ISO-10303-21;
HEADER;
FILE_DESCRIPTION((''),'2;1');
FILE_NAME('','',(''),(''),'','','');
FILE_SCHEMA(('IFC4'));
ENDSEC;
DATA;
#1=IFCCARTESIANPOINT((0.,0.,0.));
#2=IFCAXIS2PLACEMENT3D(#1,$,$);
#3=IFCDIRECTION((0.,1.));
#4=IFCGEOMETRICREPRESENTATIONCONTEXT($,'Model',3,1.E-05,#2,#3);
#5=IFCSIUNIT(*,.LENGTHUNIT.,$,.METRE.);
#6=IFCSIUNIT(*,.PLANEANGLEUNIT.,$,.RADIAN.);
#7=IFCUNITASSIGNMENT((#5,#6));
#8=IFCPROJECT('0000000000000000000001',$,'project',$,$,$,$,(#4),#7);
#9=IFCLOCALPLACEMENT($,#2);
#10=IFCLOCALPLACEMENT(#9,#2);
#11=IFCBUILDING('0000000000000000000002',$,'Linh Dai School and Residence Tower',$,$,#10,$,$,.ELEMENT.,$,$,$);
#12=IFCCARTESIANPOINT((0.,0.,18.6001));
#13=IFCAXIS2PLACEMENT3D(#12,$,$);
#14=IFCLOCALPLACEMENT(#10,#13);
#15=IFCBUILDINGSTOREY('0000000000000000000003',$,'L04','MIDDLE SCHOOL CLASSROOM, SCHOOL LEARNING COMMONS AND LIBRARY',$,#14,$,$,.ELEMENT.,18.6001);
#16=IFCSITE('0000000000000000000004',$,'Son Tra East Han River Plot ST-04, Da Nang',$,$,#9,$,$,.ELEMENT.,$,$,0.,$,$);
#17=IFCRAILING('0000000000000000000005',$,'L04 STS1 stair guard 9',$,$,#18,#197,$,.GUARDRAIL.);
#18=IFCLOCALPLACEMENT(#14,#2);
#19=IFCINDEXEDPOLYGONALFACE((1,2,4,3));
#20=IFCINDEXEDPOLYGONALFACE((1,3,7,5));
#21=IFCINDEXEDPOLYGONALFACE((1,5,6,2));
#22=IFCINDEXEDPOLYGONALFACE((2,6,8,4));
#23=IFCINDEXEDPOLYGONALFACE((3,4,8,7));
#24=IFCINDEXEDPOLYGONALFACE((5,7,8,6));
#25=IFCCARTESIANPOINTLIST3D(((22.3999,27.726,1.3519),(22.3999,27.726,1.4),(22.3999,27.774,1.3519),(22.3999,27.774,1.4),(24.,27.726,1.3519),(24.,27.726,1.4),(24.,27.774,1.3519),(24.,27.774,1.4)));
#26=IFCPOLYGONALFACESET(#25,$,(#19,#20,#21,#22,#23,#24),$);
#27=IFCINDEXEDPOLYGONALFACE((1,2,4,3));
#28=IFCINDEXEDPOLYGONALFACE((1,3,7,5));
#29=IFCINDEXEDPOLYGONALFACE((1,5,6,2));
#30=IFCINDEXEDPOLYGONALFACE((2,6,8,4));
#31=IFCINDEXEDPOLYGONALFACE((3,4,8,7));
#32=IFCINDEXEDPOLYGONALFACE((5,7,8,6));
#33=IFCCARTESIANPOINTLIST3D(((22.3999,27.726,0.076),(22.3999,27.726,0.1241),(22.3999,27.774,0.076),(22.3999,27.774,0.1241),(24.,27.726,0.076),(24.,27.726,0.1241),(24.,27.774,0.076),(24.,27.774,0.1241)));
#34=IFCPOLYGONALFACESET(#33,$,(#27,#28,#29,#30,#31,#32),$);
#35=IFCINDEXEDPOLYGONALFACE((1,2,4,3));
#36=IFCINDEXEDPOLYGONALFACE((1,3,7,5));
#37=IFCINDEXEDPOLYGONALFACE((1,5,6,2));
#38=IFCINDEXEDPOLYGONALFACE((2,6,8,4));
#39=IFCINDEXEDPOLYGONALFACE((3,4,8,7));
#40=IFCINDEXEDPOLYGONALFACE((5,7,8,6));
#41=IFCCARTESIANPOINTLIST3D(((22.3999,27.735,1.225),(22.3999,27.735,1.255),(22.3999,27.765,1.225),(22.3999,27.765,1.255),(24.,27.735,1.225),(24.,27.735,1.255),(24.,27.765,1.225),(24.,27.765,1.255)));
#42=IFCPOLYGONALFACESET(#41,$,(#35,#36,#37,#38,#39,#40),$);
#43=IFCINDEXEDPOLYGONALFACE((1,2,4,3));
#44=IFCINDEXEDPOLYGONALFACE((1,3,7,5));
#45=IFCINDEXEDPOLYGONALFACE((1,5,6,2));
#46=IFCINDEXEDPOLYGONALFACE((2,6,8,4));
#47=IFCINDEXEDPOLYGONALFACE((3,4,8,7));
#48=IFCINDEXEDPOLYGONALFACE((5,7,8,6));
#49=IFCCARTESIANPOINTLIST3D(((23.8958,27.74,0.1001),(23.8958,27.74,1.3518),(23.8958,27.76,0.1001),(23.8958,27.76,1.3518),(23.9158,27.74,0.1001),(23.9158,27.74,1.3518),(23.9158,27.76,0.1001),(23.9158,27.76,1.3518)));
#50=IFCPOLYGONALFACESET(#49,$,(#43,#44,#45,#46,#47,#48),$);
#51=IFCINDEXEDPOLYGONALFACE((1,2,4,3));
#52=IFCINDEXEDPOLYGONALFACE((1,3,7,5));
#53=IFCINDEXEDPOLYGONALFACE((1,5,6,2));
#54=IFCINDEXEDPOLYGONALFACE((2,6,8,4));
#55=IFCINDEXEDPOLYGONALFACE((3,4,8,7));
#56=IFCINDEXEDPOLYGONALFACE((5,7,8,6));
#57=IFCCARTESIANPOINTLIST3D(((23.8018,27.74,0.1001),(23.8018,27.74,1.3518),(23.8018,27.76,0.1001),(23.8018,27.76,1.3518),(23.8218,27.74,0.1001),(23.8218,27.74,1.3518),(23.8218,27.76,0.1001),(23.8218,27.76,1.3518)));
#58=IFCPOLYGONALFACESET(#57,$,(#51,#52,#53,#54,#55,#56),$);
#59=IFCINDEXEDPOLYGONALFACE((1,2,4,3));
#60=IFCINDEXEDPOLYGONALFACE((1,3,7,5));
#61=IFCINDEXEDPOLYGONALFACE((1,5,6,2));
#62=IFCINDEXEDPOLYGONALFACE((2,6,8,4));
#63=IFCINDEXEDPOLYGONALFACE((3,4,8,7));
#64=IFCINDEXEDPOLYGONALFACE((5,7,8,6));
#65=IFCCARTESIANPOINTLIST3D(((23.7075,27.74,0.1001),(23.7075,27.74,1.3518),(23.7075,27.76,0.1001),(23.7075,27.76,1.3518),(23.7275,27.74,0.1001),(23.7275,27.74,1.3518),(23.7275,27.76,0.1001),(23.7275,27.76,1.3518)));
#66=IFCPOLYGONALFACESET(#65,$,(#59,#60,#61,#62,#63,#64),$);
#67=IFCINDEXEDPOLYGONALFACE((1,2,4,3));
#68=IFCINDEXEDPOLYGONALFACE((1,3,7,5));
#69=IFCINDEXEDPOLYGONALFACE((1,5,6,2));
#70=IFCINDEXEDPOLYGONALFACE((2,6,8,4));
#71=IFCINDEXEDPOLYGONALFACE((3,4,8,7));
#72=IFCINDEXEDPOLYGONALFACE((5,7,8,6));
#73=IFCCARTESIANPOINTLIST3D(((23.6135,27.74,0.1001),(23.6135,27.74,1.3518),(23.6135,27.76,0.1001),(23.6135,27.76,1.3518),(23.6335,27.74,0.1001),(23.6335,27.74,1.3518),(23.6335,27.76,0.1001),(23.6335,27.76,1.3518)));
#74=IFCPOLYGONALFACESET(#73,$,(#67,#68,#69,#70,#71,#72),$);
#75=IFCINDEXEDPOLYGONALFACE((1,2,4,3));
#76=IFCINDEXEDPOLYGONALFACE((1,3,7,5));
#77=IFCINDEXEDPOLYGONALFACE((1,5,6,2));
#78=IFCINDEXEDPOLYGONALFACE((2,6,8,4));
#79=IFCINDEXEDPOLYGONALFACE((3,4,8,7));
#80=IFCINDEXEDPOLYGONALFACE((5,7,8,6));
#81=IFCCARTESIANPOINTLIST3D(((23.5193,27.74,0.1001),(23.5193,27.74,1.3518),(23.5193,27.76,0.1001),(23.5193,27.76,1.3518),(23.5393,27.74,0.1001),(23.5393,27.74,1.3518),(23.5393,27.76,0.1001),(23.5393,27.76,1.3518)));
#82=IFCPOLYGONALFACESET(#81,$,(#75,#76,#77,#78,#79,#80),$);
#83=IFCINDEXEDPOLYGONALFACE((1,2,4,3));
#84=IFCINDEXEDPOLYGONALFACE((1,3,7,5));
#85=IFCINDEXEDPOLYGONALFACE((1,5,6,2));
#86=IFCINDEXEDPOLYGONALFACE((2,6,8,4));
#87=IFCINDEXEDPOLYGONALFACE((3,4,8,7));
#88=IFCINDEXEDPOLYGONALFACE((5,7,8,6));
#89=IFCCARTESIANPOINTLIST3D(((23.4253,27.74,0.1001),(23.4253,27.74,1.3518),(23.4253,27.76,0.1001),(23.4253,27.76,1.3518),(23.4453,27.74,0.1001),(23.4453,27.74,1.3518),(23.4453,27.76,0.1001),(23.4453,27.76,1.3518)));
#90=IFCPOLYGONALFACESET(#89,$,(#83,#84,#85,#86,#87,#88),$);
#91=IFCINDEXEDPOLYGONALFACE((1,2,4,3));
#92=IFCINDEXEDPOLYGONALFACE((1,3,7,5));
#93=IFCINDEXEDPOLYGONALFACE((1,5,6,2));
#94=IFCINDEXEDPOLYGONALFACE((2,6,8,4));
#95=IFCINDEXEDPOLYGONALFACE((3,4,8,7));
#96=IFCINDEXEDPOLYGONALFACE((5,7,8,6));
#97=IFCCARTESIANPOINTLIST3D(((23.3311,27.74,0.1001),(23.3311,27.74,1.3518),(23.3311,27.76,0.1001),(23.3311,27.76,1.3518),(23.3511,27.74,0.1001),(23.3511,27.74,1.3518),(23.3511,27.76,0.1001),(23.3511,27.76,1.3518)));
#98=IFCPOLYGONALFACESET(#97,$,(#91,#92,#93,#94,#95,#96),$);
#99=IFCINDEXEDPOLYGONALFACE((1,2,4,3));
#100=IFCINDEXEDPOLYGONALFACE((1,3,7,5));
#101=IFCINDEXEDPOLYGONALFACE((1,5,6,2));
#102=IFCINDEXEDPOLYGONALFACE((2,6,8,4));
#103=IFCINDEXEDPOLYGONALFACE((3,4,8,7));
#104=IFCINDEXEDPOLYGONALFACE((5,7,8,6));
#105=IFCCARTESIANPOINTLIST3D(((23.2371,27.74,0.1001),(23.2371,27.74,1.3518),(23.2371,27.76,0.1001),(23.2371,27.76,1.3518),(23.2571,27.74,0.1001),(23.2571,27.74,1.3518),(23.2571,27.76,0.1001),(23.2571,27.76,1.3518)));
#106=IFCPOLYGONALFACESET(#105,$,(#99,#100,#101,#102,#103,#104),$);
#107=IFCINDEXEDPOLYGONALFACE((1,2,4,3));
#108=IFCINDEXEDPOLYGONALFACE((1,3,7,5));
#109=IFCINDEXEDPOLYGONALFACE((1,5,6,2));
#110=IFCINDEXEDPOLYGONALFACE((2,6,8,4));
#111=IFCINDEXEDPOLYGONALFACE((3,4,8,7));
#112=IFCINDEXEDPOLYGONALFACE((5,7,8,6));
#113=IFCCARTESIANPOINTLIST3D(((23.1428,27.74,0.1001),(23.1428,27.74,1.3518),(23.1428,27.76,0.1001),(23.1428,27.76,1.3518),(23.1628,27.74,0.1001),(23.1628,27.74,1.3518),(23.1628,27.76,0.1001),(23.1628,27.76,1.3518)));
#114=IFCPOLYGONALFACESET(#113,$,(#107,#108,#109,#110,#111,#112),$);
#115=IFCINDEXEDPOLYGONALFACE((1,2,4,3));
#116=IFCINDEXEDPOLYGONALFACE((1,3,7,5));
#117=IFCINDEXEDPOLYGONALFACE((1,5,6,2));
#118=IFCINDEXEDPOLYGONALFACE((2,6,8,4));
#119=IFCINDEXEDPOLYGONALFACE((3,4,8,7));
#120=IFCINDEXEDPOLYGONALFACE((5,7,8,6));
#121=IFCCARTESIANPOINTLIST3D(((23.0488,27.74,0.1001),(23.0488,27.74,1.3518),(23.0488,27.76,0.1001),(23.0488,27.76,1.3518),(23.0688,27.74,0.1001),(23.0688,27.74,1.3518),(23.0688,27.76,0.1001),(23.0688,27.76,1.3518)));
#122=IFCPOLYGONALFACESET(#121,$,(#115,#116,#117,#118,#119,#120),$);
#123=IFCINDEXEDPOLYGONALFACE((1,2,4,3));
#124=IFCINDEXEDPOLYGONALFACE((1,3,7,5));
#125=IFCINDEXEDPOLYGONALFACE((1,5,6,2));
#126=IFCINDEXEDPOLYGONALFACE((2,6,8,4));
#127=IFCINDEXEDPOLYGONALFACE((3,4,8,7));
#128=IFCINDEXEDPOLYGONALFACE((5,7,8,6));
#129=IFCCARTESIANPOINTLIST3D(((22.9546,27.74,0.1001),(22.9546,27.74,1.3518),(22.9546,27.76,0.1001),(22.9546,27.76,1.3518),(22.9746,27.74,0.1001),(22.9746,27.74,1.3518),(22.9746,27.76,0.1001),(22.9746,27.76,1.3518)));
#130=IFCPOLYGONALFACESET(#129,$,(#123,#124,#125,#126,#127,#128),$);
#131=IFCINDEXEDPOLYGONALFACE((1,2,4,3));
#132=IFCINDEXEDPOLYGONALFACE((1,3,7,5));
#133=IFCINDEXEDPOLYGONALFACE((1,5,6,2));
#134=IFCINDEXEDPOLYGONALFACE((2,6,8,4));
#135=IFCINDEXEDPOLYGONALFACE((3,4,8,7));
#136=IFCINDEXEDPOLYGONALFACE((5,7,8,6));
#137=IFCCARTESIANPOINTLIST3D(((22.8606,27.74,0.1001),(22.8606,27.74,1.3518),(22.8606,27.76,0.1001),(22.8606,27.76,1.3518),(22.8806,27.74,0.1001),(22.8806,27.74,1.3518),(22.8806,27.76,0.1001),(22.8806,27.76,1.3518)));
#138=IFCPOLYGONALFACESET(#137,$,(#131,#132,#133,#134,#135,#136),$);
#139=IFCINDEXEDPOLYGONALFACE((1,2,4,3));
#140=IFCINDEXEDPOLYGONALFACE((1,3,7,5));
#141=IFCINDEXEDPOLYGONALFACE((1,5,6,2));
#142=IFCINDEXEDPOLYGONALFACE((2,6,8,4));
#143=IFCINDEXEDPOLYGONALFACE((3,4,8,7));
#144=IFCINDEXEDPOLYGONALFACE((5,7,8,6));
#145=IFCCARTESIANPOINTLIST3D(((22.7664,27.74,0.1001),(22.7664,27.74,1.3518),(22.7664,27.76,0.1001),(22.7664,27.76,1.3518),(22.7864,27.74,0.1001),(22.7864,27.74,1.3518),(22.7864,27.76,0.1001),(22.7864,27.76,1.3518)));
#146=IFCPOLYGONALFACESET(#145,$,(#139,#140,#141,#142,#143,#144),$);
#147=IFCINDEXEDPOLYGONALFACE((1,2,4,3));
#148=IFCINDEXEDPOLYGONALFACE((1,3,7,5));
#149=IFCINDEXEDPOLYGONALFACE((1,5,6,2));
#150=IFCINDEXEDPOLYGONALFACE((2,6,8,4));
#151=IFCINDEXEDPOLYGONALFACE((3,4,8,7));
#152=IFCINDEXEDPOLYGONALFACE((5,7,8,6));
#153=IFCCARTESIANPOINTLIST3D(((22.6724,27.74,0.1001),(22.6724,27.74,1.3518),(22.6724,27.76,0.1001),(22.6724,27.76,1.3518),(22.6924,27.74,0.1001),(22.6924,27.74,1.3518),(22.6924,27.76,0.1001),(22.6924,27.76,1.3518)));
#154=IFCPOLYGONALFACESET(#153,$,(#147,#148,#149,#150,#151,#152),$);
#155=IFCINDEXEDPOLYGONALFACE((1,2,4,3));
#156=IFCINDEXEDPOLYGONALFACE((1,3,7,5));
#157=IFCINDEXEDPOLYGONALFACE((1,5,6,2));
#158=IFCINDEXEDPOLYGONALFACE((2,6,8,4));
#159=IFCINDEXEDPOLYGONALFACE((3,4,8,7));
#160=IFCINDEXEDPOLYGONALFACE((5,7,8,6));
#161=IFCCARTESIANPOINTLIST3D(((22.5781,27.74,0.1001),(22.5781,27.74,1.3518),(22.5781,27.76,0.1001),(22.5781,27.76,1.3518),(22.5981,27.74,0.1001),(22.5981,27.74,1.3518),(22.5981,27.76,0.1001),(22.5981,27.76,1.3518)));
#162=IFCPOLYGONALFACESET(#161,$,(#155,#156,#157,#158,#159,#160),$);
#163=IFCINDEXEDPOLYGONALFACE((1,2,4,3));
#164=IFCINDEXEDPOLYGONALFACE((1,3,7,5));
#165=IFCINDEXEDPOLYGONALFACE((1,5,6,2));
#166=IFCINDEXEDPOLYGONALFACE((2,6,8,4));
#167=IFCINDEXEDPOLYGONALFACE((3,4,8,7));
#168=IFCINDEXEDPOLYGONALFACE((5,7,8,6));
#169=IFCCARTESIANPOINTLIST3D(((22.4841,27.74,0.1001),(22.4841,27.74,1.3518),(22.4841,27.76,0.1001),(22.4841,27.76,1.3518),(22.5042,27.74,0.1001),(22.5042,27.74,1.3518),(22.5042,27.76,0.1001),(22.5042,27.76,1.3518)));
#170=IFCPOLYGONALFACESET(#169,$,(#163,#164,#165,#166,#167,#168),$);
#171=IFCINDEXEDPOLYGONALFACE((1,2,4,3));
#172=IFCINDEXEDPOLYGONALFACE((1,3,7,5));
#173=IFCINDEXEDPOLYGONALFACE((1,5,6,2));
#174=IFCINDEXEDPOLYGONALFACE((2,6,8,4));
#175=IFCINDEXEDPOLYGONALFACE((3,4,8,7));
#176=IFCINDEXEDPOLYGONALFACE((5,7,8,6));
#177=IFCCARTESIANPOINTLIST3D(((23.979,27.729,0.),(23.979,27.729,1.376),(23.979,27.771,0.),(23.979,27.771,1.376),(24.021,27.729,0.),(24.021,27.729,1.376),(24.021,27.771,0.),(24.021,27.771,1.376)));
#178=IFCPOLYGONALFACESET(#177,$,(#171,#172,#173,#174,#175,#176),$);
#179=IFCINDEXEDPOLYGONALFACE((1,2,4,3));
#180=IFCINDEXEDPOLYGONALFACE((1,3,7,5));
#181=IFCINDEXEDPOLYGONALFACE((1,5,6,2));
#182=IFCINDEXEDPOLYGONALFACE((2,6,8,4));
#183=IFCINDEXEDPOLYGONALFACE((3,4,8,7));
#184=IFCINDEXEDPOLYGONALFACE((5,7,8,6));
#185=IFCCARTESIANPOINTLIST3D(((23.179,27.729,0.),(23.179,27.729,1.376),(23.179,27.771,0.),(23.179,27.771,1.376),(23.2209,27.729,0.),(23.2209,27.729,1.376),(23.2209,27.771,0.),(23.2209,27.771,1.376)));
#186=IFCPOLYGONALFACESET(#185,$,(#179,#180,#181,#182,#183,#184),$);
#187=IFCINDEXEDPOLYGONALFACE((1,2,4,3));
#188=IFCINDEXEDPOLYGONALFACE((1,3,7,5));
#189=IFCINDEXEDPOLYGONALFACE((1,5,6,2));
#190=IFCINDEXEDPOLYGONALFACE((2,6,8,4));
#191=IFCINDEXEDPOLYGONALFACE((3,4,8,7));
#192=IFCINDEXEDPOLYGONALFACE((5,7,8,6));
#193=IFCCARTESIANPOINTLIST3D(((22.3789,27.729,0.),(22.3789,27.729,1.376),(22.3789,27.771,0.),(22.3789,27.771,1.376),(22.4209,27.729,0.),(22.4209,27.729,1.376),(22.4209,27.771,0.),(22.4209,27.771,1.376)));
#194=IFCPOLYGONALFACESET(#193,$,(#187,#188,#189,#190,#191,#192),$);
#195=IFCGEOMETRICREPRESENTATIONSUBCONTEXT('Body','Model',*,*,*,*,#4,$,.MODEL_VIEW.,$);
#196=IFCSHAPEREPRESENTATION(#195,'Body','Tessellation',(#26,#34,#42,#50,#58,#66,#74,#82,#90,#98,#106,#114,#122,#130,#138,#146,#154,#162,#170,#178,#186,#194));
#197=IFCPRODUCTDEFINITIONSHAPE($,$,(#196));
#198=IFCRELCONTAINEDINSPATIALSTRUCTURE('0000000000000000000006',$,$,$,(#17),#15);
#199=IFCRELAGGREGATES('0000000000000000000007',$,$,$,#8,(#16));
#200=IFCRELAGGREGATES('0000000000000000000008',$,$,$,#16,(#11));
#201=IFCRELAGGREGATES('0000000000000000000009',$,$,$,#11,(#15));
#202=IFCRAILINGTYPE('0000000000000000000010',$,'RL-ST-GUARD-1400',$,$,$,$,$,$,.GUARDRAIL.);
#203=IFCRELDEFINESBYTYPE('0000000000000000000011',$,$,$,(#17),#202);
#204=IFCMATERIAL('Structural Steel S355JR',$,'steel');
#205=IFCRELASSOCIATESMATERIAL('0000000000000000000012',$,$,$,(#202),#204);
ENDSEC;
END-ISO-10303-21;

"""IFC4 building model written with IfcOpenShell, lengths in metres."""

from ifc_helpers import new_model, si_unit, direction, frame, origin, origin_2d, place, context, subcontext, project, spatial, rectangle, extrude, source, transform, mapped, material, type_object, element, save


model = new_model("IFC4")

# Units and contexts
model_context = context("Model", 3, precision=1e-05, world=origin(), true_north=direction((0.0, 1.0)))
body_context = subcontext(model_context, "Body", "Model", "MODEL_VIEW")
ifc_project = project(units=[si_unit("LENGTHUNIT", "METRE"), si_unit("PLANEANGLEUNIT", "RADIAN")], contexts=[model_context])

# Site, building, storey
site_placement = place(None, origin())
site = spatial("IfcSite", under=ifc_project, at=site_placement, Name="Son Tra East Han River Plot ST-04, Da Nang", CompositionType="ELEMENT", RefElevation=0.0)
building_placement = place(site_placement, origin())
building = spatial("IfcBuilding", under=site, at=building_placement, Name="Linh Dai School and Residence Tower", CompositionType="ELEMENT")
storey_placement = place(building_placement, frame((0.0, 0.0, 18.6001)))
storey = spatial("IfcBuildingStorey", under=building, at=storey_placement, Name="L04", Description="MIDDLE SCHOOL CLASSROOM, SCHOOL LEARNING COMMONS AND LIBRARY", CompositionType="ELEMENT", Elevation=18.6001)

# Shared definitions
ifc_material_1 = material(Name="Structural Steel S355JR", Category="steel")

# Railing
railing_type_1 = type_object("IfcRailingType", Name="RL-ST-GUARD-1400", PredefinedType="GUARDRAIL", material=ifc_material_1)
shared_shape_1 = source(origin(), body_context, "Body", "SweptSolid", [
    extrude(rectangle(XDim=0.0481, YDim=0.0481, at=origin_2d()), frame((0.0, 0.0, 1.376), z_axis=(-1.0, 0.0, 0.0), x_axis=(0.0, -1.0, 0.0)), (0.0, 0.0, 1.0), 1.6001),
    extrude(rectangle(XDim=0.0481, YDim=0.0481, at=origin_2d()), frame((0.0, 0.0, 0.1001), z_axis=(-1.0, 0.0, 0.0), x_axis=(0.0, -1.0, 0.0)), (0.0, 0.0, 1.0), 1.6001),
    extrude(rectangle(XDim=0.03, YDim=0.03, at=origin_2d()), frame((0.0, 0.0, 1.24), z_axis=(-1.0, 0.0, 0.0), x_axis=(0.0, -1.0, 0.0)), (0.0, 0.0, 1.0), 1.6001),
    extrude(rectangle(XDim=0.02, YDim=0.02, at=origin_2d()), frame((-0.0942, 0.0, 0.1001)), (0.0, 0.0, 1.0), 1.2517),
    extrude(rectangle(XDim=0.02, YDim=0.02, at=origin_2d()), frame((-0.1882, 0.0, 0.1001)), (0.0, 0.0, 1.0), 1.2517),
    extrude(rectangle(XDim=0.02, YDim=0.02, at=origin_2d()), frame((-0.2825, 0.0, 0.1001)), (0.0, 0.0, 1.0), 1.2517),
    extrude(rectangle(XDim=0.02, YDim=0.02, at=origin_2d()), frame((-0.3765, 0.0, 0.1001)), (0.0, 0.0, 1.0), 1.2517),
    extrude(rectangle(XDim=0.02, YDim=0.02, at=origin_2d()), frame((-0.4707, 0.0, 0.1001)), (0.0, 0.0, 1.0), 1.2517),
    extrude(rectangle(XDim=0.02, YDim=0.02, at=origin_2d()), frame((-0.5647, 0.0, 0.1001)), (0.0, 0.0, 1.0), 1.2517),
    extrude(rectangle(XDim=0.02, YDim=0.02, at=origin_2d()), frame((-0.6589, 0.0, 0.1001)), (0.0, 0.0, 1.0), 1.2517),
    extrude(rectangle(XDim=0.02, YDim=0.02, at=origin_2d()), frame((-0.7529, 0.0, 0.1001)), (0.0, 0.0, 1.0), 1.2517),
    extrude(rectangle(XDim=0.02, YDim=0.02, at=origin_2d()), frame((-0.8472, 0.0, 0.1001)), (0.0, 0.0, 1.0), 1.2517),
    extrude(rectangle(XDim=0.02, YDim=0.02, at=origin_2d()), frame((-0.9412, 0.0, 0.1001)), (0.0, 0.0, 1.0), 1.2517),
    extrude(rectangle(XDim=0.02, YDim=0.02, at=origin_2d()), frame((-1.0354, 0.0, 0.1001)), (0.0, 0.0, 1.0), 1.2517),
    extrude(rectangle(XDim=0.02, YDim=0.02, at=origin_2d()), frame((-1.1294, 0.0, 0.1001)), (0.0, 0.0, 1.0), 1.2517),
    extrude(rectangle(XDim=0.02, YDim=0.02, at=origin_2d()), frame((-1.2236, 0.0, 0.1001)), (0.0, 0.0, 1.0), 1.2517),
    extrude(rectangle(XDim=0.02, YDim=0.02, at=origin_2d()), frame((-1.3176, 0.0, 0.1001)), (0.0, 0.0, 1.0), 1.2517),
    extrude(rectangle(XDim=0.02, YDim=0.02, at=origin_2d()), frame((-1.4119, 0.0, 0.1001)), (0.0, 0.0, 1.0), 1.2517),
    extrude(rectangle(XDim=0.02, YDim=0.02, at=origin_2d()), frame((-1.5059, 0.0, 0.1001)), (0.0, 0.0, 1.0), 1.2517),
    extrude(rectangle(XDim=0.042, YDim=0.042, at=origin_2d()), origin(), (0.0, 0.0, 1.0), 1.376),
    extrude(rectangle(XDim=0.042, YDim=0.042, at=origin_2d()), frame((-0.8, 0.0, 0.0)), (0.0, 0.0, 1.0), 1.376),
    extrude(rectangle(XDim=0.042, YDim=0.042, at=origin_2d()), frame((-1.6001, 0.0, 0.0)), (0.0, 0.0, 1.0), 1.376),
])
for number, where, name in (
    (1, (24.0, 27.75, 0.0), "L04 STS1 stair guard 9"),
):
    element("IfcRailing", number, at=place(storey_placement, frame(where)), inside=storey, type_object=railing_type_1, Name=name, PredefinedType="GUARDRAIL", context=body_context, shape_type="MappedRepresentation", body=[
        mapped(shared_shape_1, transform((0.0, 0.0, 0.0), x_axis=(1.0, 0.0, 0.0), y_axis=(0.0, 1.0, 0.0), z_axis=(0.0, 0.0, 1.0), scale=1.0)),
    ])

save(model, "model.ifc")
